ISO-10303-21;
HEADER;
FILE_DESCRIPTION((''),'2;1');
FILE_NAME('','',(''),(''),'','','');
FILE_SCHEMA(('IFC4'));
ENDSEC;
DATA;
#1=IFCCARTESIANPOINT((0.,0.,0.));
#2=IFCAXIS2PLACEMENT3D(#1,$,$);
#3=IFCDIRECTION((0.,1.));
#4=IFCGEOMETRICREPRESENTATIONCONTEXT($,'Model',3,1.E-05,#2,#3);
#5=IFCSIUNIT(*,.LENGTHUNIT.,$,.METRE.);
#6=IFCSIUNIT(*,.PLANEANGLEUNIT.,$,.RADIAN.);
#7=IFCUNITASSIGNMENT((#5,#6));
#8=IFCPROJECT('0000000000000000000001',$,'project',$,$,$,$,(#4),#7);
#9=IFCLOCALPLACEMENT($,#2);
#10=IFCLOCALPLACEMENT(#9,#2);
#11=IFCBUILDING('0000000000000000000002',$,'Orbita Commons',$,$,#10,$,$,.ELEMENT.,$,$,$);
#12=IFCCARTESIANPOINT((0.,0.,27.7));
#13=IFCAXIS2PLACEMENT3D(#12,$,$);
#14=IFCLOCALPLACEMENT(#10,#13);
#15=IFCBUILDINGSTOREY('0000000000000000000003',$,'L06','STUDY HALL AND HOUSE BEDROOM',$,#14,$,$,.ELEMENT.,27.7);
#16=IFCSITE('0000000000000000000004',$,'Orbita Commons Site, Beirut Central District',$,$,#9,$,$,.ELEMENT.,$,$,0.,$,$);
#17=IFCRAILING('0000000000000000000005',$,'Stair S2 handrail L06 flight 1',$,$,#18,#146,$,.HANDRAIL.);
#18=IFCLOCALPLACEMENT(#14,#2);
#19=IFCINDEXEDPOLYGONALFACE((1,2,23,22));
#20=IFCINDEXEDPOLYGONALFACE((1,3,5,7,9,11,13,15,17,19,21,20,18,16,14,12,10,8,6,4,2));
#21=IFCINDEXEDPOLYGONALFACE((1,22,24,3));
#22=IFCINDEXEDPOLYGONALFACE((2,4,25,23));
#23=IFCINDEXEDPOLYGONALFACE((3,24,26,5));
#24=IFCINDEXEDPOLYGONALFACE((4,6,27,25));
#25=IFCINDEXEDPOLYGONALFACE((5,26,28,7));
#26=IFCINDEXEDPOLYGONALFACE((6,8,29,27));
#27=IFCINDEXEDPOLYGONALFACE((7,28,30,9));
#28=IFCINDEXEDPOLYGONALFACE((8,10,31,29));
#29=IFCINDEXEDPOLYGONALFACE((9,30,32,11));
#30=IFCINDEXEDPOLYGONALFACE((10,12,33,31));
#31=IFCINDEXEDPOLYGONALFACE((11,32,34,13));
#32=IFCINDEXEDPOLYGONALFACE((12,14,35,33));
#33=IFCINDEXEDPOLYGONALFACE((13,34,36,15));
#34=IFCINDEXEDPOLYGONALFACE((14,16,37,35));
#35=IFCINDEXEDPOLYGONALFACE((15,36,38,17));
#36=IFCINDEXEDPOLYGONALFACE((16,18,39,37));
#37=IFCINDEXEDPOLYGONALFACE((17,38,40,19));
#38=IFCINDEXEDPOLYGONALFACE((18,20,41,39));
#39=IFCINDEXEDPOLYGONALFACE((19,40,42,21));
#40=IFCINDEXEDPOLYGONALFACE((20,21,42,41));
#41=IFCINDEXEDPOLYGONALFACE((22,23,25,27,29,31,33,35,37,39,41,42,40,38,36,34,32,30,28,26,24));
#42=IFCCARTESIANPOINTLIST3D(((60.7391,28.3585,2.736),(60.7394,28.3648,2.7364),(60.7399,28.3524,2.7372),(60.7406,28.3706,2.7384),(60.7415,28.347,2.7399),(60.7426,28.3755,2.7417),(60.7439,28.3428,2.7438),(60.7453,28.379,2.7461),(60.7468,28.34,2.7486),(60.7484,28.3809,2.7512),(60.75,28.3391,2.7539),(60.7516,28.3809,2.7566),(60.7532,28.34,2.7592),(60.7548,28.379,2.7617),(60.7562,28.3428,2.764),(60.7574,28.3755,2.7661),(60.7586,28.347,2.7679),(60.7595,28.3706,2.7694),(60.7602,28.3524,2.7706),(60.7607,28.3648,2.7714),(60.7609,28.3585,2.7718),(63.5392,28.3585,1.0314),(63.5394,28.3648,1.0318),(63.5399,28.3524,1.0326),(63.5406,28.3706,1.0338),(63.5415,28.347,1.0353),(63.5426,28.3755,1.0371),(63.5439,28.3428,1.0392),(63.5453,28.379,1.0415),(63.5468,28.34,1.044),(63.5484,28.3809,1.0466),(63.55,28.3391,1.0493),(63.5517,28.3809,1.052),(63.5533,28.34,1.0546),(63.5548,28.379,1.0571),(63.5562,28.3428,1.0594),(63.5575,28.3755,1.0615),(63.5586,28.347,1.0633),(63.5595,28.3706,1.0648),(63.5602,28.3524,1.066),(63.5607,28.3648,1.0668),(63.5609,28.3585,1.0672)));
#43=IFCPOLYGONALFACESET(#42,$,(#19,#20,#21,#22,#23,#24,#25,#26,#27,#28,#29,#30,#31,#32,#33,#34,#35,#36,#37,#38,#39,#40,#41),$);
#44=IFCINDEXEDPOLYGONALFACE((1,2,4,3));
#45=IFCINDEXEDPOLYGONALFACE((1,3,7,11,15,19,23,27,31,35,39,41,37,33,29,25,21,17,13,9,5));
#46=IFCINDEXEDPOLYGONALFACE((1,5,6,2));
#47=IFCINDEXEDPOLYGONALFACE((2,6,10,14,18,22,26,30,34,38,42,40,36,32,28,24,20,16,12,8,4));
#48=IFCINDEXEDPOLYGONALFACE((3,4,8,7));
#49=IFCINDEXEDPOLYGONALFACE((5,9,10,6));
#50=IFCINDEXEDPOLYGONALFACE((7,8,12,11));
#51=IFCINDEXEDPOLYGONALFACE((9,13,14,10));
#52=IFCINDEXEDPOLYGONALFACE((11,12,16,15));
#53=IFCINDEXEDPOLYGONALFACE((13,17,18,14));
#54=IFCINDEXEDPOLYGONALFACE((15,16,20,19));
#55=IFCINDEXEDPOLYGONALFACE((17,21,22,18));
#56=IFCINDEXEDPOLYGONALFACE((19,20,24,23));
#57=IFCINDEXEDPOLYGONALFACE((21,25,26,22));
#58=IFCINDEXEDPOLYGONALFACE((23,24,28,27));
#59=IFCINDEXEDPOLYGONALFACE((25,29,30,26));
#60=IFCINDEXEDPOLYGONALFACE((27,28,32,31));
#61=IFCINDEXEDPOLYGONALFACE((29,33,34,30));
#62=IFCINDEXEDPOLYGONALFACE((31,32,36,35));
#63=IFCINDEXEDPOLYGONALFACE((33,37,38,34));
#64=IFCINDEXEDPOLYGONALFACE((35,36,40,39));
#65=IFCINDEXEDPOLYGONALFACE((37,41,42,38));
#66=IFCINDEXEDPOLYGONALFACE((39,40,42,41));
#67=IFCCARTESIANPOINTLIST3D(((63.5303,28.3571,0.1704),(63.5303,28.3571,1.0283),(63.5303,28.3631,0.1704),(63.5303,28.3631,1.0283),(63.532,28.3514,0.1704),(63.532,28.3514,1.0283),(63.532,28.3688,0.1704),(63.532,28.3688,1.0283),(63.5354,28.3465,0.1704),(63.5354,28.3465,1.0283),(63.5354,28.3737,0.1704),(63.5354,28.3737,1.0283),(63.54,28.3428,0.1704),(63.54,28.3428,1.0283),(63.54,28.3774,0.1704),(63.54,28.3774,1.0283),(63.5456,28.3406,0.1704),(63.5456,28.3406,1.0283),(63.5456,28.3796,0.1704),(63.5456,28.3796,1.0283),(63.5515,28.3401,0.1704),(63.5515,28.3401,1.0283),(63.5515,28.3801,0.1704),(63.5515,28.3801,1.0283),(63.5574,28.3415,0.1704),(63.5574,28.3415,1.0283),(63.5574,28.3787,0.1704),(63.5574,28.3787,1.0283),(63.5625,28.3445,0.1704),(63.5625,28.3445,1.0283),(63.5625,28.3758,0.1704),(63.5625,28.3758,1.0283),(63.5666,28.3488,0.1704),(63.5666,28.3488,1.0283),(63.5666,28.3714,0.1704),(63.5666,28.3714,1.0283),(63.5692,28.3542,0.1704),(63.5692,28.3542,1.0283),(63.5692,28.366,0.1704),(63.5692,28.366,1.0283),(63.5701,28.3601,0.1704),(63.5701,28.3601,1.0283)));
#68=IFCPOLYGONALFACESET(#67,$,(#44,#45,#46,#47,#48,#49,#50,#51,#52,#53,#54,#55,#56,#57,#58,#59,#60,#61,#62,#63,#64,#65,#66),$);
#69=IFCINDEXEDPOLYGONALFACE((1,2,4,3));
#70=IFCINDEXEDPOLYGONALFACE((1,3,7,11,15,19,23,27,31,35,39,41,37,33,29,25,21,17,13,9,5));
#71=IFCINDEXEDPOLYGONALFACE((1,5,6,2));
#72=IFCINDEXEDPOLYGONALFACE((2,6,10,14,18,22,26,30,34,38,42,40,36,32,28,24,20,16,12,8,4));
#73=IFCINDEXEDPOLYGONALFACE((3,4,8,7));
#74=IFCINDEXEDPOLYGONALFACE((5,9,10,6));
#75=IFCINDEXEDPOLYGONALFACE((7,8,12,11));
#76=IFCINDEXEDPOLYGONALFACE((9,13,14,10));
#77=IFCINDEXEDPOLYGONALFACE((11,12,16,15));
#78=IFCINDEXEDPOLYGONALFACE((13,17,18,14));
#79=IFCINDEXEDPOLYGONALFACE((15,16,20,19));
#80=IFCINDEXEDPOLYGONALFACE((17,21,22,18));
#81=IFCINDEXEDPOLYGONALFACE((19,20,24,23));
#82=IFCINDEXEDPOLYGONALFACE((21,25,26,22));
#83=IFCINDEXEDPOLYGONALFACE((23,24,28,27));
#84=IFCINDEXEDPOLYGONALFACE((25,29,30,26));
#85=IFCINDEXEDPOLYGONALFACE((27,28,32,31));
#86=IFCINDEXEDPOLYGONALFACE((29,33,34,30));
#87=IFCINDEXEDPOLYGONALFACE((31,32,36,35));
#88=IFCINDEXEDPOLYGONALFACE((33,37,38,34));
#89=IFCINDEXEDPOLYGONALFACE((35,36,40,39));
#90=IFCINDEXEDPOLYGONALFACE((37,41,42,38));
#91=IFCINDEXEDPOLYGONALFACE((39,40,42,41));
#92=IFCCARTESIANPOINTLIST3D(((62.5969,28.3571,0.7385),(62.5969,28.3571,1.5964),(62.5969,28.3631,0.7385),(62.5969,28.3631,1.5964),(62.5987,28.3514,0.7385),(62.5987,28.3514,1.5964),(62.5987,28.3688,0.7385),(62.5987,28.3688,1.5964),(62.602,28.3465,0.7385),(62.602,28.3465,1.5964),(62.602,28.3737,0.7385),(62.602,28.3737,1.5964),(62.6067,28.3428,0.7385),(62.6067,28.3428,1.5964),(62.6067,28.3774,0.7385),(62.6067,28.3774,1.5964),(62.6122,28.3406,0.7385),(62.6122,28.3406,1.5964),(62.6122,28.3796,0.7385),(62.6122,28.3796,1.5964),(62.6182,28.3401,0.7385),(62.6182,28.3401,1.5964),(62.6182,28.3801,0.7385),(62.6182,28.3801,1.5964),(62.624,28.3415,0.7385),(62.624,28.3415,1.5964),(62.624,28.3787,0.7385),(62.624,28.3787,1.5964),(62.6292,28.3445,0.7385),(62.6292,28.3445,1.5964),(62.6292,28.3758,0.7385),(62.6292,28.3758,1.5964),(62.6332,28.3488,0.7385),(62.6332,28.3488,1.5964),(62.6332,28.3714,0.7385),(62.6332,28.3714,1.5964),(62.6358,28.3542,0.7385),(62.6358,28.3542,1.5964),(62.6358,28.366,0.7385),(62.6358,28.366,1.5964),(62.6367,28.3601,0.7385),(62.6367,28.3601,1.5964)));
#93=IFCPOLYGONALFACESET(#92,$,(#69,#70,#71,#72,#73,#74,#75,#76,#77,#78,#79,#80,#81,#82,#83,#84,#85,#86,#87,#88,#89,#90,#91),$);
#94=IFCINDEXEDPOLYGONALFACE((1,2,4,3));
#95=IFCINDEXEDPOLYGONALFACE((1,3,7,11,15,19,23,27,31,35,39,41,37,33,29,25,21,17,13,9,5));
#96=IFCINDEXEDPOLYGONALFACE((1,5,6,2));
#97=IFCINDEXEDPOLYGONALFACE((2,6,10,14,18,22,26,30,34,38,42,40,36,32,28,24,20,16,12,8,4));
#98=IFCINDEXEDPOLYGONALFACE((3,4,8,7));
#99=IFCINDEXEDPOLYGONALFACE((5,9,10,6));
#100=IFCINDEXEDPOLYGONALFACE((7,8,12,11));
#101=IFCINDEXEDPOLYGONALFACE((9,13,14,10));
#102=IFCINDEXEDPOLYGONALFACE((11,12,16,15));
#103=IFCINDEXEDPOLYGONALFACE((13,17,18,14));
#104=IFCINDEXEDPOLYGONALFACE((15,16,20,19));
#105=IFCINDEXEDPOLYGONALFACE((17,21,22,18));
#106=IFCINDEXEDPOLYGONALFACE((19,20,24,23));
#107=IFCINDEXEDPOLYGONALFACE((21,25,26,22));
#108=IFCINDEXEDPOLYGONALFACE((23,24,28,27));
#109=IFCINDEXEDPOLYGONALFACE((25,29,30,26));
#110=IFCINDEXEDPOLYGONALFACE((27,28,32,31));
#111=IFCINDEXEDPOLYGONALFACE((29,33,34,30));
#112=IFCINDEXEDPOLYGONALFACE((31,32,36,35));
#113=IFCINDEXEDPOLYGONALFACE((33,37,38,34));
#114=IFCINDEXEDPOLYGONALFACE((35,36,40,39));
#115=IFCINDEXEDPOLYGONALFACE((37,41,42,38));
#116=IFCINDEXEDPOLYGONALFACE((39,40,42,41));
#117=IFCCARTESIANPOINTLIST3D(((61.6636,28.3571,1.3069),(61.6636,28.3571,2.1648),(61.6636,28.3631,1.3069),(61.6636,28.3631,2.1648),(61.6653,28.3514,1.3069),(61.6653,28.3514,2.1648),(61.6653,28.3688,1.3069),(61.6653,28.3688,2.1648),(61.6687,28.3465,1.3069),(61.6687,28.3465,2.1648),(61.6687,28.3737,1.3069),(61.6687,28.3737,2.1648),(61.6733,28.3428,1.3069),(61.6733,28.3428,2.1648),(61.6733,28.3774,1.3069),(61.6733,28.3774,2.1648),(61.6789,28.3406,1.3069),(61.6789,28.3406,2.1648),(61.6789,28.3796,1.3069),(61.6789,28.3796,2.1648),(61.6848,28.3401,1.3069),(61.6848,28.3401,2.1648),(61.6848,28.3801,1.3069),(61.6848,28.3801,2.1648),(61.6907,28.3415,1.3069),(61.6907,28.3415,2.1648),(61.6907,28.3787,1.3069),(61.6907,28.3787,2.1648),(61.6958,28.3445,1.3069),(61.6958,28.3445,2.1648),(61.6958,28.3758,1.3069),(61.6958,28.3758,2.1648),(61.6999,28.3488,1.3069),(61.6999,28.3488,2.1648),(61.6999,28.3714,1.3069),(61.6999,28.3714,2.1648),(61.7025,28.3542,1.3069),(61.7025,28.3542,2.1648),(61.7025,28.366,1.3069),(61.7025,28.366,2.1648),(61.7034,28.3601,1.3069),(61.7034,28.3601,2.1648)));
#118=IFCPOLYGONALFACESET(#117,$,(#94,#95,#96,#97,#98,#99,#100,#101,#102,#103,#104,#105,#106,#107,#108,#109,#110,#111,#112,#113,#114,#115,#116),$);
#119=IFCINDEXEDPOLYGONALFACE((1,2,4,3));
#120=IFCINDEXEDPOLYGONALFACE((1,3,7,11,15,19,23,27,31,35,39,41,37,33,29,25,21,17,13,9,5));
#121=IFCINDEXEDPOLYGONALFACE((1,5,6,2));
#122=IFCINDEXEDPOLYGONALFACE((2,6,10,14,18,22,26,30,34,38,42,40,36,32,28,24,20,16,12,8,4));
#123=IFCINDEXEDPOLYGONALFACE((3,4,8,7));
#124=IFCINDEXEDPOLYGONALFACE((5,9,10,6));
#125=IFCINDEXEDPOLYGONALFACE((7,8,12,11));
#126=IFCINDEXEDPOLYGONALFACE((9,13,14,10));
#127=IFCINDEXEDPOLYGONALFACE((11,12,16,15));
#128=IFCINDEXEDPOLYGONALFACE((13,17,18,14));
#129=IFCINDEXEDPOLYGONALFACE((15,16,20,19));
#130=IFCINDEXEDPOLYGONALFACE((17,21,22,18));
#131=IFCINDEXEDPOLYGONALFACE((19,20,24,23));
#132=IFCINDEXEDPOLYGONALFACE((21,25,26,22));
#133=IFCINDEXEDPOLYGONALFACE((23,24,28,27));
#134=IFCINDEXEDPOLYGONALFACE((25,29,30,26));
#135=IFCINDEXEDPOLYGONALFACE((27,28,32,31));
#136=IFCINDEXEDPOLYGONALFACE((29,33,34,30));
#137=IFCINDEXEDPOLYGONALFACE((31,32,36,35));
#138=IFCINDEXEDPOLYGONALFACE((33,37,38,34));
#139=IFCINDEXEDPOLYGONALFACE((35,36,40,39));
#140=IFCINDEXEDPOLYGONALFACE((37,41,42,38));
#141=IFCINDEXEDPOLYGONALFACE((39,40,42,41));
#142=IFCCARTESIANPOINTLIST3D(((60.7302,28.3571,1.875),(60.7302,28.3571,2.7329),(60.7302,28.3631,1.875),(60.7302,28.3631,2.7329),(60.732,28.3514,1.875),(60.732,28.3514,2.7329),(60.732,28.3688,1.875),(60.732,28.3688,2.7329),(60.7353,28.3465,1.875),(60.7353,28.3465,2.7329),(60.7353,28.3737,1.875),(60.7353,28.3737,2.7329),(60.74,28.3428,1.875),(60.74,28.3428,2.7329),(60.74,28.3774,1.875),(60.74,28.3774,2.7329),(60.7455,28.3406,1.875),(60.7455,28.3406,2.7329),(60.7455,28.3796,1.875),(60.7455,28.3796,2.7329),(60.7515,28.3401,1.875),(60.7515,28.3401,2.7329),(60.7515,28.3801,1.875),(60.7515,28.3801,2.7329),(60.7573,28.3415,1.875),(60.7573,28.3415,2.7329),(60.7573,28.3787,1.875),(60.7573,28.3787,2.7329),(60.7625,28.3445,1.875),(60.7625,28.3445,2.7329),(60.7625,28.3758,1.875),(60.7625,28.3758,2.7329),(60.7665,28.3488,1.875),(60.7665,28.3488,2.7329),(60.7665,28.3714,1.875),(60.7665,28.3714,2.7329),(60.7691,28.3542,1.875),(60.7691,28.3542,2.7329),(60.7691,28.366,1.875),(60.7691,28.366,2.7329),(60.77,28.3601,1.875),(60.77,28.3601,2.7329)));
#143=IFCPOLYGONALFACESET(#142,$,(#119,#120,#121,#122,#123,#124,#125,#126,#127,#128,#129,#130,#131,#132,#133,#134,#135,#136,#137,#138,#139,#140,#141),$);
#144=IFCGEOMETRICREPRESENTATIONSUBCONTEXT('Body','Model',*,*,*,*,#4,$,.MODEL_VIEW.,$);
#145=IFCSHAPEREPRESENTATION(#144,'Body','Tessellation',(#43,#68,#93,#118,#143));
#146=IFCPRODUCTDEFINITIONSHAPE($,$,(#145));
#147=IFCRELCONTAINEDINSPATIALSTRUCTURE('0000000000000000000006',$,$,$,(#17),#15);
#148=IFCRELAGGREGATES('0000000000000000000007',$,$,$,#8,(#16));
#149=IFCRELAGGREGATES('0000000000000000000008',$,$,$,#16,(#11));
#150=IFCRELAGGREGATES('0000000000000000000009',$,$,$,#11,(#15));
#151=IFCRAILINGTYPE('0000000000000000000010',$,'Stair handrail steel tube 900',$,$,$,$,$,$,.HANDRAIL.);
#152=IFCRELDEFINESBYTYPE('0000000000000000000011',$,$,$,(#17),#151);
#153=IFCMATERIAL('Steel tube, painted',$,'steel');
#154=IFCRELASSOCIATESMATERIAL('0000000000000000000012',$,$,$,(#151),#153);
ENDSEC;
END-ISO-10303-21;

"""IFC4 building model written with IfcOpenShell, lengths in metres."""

from ifc_helpers import new_model, si_unit, direction, frame, origin, origin_2d, place, context, subcontext, project, spatial, circle, extrude, material, type_object, element, save


model = new_model("IFC4")

# Units and contexts
model_context = context("Model", 3, precision=1e-05, world=origin(), true_north=direction((0.0, 1.0)))
body_context = subcontext(model_context, "Body", "Model", "MODEL_VIEW")
ifc_project = project(units=[si_unit("LENGTHUNIT", "METRE"), si_unit("PLANEANGLEUNIT", "RADIAN")], contexts=[model_context])

# Site, building, storey
site_placement = place(None, origin())
site = spatial("IfcSite", under=ifc_project, at=site_placement, Name="Orbita Commons Site, Beirut Central District", CompositionType="ELEMENT", RefElevation=0.0)
building_placement = place(site_placement, origin())
building = spatial("IfcBuilding", under=site, at=building_placement, Name="Orbita Commons", CompositionType="ELEMENT")
storey_placement = place(building_placement, frame((0.0, 0.0, 27.7)))
storey = spatial("IfcBuildingStorey", under=building, at=storey_placement, Name="L06", Description="STUDY HALL AND HOUSE BEDROOM", CompositionType="ELEMENT", Elevation=27.7)

# Railing
ifc_material_1 = material(Name="Steel tube, painted", Category="steel")
railing_type = type_object("IfcRailingType", Name="Stair handrail steel tube 900", PredefinedType="HANDRAIL", material=ifc_material_1)
for number, where, name in (
    (1, (63.55, 28.3601, 0.1704), "Stair S2 handrail L06 flight 1"),
):
    element("IfcRailing", number, at=place(storey_placement, frame(where)), inside=storey, type_object=railing_type, Name=name, PredefinedType="HANDRAIL", context=body_context, shape_type="SweptSolid", body=[
        extrude(circle(Radius=0.021, at=origin_2d()), frame((0.0, 0.0, 0.8789), z_axis=(-0.85417, 0.0, 0.519994), x_axis=(0.0, -1.0, 0.0)), (0.0, 0.0, 1.0), 3.2781),
        extrude(circle(Radius=0.02, at=origin_2d()), origin(), (0.0, 0.0, 1.0), 0.8579),
        extrude(circle(Radius=0.02, at=origin_2d()), frame((-0.9333, 0.0, 0.5681)), (0.0, 0.0, 1.0), 0.8579),
        extrude(circle(Radius=0.02, at=origin_2d()), frame((-1.8667, 0.0, 1.1365)), (0.0, 0.0, 1.0), 0.8579),
        extrude(circle(Radius=0.02, at=origin_2d()), frame((-2.8, 0.0, 1.7046)), (0.0, 0.0, 1.0), 0.8579),
    ])

save(model, "model.ifc")
